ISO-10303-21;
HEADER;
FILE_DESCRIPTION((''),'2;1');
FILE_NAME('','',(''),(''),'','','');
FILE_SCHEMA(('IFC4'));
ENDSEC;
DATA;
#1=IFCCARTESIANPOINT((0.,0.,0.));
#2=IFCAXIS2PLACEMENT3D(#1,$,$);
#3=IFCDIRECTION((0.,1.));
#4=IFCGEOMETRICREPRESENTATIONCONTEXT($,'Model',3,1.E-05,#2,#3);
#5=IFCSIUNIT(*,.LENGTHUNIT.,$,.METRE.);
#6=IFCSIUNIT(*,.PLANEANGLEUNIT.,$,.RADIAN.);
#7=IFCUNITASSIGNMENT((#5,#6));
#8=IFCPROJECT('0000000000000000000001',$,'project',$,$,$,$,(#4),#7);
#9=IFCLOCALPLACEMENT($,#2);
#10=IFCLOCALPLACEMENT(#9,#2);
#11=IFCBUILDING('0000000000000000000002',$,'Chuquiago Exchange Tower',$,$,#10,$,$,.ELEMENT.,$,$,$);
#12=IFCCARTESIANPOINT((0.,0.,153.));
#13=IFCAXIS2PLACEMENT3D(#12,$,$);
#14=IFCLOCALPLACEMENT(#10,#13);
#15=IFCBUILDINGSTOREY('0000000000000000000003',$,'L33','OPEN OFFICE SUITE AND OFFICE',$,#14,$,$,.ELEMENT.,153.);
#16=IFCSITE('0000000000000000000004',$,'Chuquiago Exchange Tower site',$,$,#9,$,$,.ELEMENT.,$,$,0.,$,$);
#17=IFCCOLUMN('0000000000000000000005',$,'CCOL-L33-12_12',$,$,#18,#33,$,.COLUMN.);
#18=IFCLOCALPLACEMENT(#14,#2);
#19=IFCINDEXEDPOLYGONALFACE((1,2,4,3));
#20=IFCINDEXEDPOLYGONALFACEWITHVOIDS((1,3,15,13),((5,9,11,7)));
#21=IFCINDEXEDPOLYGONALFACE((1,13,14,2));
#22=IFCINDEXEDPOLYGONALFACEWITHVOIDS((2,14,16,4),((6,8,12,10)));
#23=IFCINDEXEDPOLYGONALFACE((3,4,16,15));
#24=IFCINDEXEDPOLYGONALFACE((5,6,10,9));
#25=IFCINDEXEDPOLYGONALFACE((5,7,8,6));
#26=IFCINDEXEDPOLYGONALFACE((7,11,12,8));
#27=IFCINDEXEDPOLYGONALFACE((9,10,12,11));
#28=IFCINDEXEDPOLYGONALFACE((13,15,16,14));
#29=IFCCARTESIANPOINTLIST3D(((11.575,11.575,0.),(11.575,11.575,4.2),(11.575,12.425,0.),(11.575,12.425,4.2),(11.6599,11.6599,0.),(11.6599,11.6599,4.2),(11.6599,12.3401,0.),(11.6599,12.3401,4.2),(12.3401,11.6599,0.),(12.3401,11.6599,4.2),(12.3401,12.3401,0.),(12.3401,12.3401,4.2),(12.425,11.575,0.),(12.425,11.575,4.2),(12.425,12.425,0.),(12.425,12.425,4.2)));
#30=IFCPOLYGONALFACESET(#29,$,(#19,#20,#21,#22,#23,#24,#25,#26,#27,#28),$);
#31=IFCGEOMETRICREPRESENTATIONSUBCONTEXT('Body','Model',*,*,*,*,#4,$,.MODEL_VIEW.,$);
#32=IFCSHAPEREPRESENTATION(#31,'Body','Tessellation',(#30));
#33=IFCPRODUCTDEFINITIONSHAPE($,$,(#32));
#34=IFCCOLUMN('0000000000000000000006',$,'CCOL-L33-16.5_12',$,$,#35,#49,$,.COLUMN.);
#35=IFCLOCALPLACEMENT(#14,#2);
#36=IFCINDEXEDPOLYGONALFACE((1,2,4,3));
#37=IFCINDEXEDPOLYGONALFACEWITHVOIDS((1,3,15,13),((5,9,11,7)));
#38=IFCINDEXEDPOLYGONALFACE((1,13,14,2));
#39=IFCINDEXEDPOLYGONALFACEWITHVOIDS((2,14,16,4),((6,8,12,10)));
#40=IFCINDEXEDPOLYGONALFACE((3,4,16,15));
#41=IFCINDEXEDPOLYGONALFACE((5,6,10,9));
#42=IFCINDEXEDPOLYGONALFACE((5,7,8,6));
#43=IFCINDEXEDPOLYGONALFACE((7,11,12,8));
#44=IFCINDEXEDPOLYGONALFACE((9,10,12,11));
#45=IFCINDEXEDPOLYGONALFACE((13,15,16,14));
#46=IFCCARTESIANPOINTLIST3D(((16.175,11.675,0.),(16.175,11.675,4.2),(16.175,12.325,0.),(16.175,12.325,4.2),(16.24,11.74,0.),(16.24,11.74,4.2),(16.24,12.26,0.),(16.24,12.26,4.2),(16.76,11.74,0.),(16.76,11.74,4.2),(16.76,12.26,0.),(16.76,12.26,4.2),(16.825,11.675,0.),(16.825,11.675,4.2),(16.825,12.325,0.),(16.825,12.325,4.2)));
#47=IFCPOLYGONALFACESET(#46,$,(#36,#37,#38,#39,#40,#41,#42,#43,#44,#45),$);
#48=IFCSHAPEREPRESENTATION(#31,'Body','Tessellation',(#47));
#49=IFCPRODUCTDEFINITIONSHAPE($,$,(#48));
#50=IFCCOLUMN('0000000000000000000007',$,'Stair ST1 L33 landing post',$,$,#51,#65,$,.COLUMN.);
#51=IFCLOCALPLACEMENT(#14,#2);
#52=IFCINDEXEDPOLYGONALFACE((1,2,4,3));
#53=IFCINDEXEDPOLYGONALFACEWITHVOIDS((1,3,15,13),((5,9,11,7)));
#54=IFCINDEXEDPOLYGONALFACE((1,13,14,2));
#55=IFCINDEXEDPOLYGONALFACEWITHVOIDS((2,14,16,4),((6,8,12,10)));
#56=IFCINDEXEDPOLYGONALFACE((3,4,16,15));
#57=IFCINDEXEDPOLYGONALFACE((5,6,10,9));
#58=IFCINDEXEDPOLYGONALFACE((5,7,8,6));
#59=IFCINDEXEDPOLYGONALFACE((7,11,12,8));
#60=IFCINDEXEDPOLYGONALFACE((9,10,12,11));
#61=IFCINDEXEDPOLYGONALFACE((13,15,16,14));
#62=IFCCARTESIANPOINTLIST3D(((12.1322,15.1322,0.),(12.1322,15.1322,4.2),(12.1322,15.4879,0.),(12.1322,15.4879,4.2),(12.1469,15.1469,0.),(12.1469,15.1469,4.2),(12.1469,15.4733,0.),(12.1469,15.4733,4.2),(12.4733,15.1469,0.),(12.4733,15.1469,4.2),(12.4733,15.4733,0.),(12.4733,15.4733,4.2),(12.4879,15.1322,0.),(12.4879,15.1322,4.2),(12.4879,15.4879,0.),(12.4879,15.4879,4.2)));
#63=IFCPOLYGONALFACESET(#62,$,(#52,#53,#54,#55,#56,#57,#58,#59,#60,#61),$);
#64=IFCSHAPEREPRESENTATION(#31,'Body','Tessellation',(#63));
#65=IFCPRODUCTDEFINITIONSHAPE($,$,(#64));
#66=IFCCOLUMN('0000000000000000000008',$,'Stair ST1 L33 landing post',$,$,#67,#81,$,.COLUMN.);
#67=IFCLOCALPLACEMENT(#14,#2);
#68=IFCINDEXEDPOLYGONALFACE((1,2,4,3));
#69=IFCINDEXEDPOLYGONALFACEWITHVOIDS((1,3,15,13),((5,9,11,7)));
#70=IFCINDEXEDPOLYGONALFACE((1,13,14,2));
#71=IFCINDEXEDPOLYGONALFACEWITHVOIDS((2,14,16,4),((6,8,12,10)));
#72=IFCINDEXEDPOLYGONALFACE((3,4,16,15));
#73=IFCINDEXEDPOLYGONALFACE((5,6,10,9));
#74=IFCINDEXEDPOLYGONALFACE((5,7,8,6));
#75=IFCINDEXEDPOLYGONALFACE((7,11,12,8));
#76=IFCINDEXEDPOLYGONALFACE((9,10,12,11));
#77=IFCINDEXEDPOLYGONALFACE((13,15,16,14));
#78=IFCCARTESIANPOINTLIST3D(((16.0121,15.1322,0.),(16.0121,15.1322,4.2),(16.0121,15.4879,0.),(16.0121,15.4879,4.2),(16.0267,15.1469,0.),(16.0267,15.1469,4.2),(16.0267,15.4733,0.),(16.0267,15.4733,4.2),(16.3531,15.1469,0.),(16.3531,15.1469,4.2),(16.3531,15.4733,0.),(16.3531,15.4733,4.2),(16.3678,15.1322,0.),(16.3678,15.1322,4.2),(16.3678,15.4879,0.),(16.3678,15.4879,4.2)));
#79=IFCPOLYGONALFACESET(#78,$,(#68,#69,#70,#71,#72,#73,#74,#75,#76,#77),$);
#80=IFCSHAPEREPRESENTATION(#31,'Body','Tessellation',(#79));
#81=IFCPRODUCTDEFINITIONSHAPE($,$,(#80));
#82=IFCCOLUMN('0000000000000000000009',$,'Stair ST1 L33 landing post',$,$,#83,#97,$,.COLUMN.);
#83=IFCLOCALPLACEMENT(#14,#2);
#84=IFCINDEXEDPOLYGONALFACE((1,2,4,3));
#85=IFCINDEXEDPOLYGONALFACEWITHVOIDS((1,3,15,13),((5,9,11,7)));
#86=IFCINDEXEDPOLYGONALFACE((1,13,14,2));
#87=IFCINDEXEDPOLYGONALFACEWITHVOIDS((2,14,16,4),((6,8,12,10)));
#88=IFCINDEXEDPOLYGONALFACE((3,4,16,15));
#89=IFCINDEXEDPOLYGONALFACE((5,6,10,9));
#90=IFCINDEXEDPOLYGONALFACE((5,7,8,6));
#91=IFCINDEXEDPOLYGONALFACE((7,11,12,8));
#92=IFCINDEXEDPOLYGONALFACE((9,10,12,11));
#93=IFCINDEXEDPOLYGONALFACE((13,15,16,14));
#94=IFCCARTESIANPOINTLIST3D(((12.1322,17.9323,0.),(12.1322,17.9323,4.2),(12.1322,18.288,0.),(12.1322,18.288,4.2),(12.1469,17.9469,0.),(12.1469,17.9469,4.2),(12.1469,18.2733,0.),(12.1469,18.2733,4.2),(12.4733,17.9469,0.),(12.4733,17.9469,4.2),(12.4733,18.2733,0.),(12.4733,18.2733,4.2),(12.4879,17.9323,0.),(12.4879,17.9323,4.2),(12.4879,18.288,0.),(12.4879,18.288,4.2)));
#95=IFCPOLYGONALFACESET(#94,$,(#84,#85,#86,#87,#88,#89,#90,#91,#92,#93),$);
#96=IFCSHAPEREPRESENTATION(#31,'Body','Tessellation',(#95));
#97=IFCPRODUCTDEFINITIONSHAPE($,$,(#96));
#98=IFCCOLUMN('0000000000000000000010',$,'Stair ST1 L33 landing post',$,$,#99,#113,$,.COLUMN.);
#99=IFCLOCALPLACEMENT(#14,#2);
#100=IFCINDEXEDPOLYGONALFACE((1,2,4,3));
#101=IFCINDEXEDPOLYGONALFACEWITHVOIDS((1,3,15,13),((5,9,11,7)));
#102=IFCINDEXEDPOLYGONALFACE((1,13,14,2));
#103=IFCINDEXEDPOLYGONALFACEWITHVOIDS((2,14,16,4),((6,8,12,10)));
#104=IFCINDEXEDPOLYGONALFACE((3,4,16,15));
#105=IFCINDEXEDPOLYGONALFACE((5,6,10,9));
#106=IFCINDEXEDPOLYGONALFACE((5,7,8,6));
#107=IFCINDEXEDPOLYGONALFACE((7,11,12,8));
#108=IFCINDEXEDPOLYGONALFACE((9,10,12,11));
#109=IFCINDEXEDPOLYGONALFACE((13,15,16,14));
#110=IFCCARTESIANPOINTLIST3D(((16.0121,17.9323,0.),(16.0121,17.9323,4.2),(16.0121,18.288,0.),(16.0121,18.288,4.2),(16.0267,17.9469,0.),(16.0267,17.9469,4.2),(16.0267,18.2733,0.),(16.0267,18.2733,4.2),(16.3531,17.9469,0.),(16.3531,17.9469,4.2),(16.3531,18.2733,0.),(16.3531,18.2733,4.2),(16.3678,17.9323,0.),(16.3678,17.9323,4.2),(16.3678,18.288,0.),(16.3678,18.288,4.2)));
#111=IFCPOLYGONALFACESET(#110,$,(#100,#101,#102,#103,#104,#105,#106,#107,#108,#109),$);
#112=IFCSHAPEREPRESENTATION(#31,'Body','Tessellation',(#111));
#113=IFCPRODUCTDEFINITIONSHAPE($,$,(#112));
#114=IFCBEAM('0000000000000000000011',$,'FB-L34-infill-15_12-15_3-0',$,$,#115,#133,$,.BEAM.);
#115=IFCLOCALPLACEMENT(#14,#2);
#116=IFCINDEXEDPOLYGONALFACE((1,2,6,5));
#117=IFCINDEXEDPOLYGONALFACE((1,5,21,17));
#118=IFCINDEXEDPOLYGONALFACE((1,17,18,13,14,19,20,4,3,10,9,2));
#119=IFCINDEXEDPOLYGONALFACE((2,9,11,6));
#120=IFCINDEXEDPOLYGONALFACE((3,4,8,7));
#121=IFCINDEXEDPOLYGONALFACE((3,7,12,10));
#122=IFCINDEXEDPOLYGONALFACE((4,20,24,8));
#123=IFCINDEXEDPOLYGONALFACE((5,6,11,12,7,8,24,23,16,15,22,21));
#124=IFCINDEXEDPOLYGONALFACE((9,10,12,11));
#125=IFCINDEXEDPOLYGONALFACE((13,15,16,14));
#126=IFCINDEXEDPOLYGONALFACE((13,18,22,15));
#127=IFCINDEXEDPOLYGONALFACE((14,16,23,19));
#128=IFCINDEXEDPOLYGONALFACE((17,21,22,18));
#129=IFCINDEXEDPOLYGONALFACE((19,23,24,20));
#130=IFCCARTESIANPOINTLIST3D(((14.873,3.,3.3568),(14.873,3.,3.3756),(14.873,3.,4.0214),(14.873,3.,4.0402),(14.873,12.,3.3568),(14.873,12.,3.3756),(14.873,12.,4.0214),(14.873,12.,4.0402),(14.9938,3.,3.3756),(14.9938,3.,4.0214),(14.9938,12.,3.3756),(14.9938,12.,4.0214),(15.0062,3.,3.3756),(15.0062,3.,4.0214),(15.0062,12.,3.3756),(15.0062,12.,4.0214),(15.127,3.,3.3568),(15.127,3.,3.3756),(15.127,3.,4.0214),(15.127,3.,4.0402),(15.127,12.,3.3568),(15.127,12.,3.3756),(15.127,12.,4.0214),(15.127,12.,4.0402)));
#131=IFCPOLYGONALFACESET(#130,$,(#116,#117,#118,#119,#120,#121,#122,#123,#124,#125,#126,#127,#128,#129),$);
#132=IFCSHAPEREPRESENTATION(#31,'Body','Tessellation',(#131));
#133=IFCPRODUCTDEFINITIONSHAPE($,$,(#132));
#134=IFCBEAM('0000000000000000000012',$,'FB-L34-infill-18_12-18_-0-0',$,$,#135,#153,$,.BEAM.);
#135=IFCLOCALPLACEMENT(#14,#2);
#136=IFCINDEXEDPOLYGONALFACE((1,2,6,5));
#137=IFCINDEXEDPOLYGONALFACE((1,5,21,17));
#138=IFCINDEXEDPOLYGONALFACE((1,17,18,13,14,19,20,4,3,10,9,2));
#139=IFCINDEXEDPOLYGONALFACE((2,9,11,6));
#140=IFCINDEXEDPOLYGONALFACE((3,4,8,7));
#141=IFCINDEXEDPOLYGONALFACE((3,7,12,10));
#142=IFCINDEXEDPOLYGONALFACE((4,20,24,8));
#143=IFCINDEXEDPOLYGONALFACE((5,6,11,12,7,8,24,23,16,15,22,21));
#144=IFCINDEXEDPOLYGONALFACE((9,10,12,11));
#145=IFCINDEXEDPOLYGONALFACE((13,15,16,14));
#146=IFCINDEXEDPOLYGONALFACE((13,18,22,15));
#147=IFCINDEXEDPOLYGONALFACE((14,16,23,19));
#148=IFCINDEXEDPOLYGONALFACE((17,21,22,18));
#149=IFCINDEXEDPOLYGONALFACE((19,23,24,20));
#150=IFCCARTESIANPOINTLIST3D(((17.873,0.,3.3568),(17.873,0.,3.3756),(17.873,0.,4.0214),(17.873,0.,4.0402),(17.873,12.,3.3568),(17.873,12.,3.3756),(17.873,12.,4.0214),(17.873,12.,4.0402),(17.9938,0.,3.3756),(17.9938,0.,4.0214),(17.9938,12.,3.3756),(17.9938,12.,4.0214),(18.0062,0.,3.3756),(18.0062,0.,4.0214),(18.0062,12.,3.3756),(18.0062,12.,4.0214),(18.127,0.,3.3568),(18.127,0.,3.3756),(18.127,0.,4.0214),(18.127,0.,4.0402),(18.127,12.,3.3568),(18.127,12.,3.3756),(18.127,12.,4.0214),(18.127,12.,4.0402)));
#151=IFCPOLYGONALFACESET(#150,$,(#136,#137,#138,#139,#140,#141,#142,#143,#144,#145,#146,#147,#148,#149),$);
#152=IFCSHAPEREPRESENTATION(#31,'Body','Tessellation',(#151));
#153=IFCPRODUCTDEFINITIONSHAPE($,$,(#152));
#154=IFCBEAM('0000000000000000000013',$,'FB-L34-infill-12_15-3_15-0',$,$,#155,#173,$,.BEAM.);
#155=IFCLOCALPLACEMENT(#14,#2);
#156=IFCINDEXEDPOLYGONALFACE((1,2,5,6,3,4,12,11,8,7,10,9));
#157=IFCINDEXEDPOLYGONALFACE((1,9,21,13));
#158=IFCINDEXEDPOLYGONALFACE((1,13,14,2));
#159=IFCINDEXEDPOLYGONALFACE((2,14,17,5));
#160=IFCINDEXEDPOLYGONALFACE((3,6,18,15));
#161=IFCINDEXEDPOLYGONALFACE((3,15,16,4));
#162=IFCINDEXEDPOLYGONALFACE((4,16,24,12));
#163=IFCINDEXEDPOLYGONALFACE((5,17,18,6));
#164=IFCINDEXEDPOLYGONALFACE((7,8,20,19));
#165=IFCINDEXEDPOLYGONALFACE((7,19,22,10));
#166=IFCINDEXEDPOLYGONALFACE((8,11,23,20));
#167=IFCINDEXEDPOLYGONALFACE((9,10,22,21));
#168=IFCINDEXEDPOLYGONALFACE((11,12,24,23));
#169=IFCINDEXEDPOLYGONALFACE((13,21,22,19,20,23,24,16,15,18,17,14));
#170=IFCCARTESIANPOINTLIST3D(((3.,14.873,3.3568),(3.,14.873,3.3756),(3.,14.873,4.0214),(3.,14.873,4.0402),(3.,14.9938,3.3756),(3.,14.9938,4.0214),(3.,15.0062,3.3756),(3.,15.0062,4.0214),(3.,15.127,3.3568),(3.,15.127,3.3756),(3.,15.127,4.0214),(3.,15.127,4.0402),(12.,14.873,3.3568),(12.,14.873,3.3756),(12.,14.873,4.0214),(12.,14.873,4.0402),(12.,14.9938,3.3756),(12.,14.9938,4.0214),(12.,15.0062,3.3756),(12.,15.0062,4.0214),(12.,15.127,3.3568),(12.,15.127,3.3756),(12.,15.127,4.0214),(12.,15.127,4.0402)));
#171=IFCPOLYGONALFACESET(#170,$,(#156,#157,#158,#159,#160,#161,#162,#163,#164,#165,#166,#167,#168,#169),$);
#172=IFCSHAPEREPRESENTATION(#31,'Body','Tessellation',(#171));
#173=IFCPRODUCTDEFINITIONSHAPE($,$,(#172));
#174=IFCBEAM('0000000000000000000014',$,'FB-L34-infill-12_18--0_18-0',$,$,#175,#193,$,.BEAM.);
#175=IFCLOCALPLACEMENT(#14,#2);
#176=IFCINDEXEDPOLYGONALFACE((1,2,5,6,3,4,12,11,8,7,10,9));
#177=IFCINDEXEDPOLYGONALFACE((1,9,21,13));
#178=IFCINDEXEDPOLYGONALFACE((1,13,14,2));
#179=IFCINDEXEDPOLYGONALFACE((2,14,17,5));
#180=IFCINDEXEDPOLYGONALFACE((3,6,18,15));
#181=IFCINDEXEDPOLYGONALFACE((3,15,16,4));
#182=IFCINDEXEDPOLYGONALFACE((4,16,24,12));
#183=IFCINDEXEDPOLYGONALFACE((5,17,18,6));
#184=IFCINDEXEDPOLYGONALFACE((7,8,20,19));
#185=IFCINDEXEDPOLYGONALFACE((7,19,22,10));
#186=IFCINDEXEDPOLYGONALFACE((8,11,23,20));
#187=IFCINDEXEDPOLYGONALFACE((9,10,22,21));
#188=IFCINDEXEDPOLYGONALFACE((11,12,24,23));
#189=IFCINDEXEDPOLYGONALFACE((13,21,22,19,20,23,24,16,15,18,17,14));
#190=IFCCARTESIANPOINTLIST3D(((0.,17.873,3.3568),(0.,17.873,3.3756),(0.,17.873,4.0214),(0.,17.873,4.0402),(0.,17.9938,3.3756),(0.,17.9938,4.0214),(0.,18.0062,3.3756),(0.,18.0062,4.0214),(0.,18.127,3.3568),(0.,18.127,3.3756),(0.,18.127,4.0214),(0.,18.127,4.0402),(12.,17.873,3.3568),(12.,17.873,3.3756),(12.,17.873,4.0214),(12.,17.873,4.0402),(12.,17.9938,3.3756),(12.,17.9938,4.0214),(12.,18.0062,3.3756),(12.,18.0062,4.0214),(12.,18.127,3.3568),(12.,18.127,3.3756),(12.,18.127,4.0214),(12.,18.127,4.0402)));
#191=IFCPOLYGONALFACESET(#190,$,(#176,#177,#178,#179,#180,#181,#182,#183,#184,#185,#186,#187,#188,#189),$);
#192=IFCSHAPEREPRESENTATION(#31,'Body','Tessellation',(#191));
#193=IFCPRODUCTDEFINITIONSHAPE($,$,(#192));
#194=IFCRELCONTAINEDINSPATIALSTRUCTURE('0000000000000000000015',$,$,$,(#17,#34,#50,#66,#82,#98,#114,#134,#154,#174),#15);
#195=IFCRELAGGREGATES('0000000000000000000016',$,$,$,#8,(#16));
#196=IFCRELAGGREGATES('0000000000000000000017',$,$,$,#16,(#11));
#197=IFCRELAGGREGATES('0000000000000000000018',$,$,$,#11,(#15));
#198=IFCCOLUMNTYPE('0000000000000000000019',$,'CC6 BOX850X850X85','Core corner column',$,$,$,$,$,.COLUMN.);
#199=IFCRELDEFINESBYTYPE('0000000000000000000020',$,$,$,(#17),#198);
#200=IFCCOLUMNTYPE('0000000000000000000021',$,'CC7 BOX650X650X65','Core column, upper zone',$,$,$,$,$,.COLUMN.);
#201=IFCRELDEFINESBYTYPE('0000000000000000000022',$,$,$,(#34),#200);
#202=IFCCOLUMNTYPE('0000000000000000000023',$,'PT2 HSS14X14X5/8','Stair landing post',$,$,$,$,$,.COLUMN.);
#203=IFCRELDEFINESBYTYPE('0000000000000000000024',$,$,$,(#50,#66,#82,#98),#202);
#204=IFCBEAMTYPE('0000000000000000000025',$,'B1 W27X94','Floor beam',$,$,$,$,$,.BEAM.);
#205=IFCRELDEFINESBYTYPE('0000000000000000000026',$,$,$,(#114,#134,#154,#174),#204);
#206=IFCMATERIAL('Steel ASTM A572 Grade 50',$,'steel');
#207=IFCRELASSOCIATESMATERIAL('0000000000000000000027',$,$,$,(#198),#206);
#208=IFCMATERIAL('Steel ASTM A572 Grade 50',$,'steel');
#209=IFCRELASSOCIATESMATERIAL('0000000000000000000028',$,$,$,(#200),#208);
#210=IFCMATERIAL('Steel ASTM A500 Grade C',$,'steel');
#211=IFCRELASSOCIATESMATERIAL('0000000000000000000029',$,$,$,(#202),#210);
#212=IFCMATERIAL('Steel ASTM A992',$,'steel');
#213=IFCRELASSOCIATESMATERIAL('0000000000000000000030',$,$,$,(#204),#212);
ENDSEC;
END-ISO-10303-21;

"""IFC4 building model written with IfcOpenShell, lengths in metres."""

from ifc_helpers import new_model, si_unit, direction, frame, origin, origin_2d, place, context, subcontext, project, spatial, hollow_rectangle, i_section, extrude, material, material_profile, profile_set, type_object, element, save


model = new_model("IFC4")

# Units and contexts
model_context = context("Model", 3, precision=1e-05, world=origin(), true_north=direction((0.0, 1.0)))
body_context = subcontext(model_context, "Body", "Model", "MODEL_VIEW")
ifc_project = project(units=[si_unit("LENGTHUNIT", "METRE"), si_unit("PLANEANGLEUNIT", "RADIAN")], contexts=[model_context])

# Site, building, storey
site_placement = place(None, origin())
site = spatial("IfcSite", under=ifc_project, at=site_placement, Name="Chuquiago Exchange Tower site", CompositionType="ELEMENT", RefElevation=0.0)
building_placement = place(site_placement, origin())
building = spatial("IfcBuilding", under=site, at=building_placement, Name="Chuquiago Exchange Tower", CompositionType="ELEMENT")
storey_placement = place(building_placement, frame((0.0, 0.0, 153.0)))
storey = spatial("IfcBuildingStorey", under=building, at=storey_placement, Name="L33", Description="OPEN OFFICE SUITE AND OFFICE", CompositionType="ELEMENT", Elevation=153.0)

# Columns
ifc_material_1 = material(Name="Steel ASTM A572 Grade 50", Category="steel")
ifc_material_profile_1 = material_profile(ifc_material_1, hollow_rectangle(XDim=0.8501, YDim=0.8501, WallThickness=0.085, at=origin_2d()), Name="BOX850X850X85")
ifc_profile_set_1 = profile_set([ifc_material_profile_1], Name="Steel ASTM A572 Grade 50")
column_type_1 = type_object("IfcColumnType", Name="CC6 BOX850X850X85", Description="Core corner column", PredefinedType="COLUMN", material=ifc_profile_set_1)
column_1_placement = place(storey_placement, frame((12.0, 12.0, 0.0), z_axis=(0.0, 0.0, 1.0), x_axis=(1.0, 0.0, 0.0)))
element("IfcColumn", 1, at=column_1_placement, inside=storey, type_object=column_type_1, Name="CCOL-L33-12_12", PredefinedType="COLUMN", context=body_context, shape_type="SweptSolid", body=[
    extrude(hollow_rectangle(XDim=0.8501, YDim=0.8501, WallThickness=0.085, at=origin_2d()), origin(), (0.0, 0.0, 1.0), 4.2),
])
ifc_material_2 = material(Name="Steel ASTM A572 Grade 50", Category="steel")
ifc_material_profile_2 = material_profile(ifc_material_2, hollow_rectangle(XDim=0.6499, YDim=0.6499, WallThickness=0.0649, at=origin_2d()), Name="BOX650X650X65")
ifc_profile_set_2 = profile_set([ifc_material_profile_2], Name="Steel ASTM A572 Grade 50")
column_type_2 = type_object("IfcColumnType", Name="CC7 BOX650X650X65", Description="Core column, upper zone", PredefinedType="COLUMN", material=ifc_profile_set_2)
column_2_placement = place(storey_placement, frame((16.5, 12.0, 0.0), z_axis=(0.0, 0.0, 1.0), x_axis=(1.0, 0.0, 0.0)))
element("IfcColumn", 2, at=column_2_placement, inside=storey, type_object=column_type_2, Name="CCOL-L33-16.5_12", PredefinedType="COLUMN", context=body_context, shape_type="SweptSolid", body=[
    extrude(hollow_rectangle(XDim=0.6499, YDim=0.6499, WallThickness=0.0649, at=origin_2d()), origin(), (0.0, 0.0, 1.0), 4.2),
])
ifc_material_3 = material(Name="Steel ASTM A500 Grade C", Category="steel")
ifc_material_profile_3 = material_profile(ifc_material_3, hollow_rectangle(XDim=0.3557, YDim=0.3557, WallThickness=0.0146, at=origin_2d()), Name="HSS14X14X5/8")
ifc_profile_set_3 = profile_set([ifc_material_profile_3], Name="Steel ASTM A500 Grade C")
column_type_3 = type_object("IfcColumnType", Name="PT2 HSS14X14X5/8", Description="Stair landing post", PredefinedType="COLUMN", material=ifc_profile_set_3)
for number, where, z_axis, x_axis, name in (
    (3, (12.3101, 15.3101, 0.0), (0.0, 0.0, 1.0), (1.0, 0.0, 0.0), "Stair ST1 L33 landing post"),
    (4, (16.1899, 15.3101, 0.0), (0.0, 0.0, 1.0), (1.0, 0.0, 0.0), "Stair ST1 L33 landing post"),
    (5, (12.3101, 18.1101, 0.0), (0.0, 0.0, 1.0), (1.0, 0.0, 0.0), "Stair ST1 L33 landing post"),
    (6, (16.1899, 18.1101, 0.0), (0.0, 0.0, 1.0), (1.0, 0.0, 0.0), "Stair ST1 L33 landing post"),
):
    element("IfcColumn", number, at=place(storey_placement, frame(where, z_axis=z_axis, x_axis=x_axis)), inside=storey, type_object=column_type_3, Name=name, PredefinedType="COLUMN", context=body_context, shape_type="SweptSolid", body=[
        extrude(hollow_rectangle(XDim=0.3557, YDim=0.3557, WallThickness=0.0146, at=origin_2d()), origin(), (0.0, 0.0, 1.0), 4.2),
    ])

# Beams
ifc_material_4 = material(Name="Steel ASTM A992", Category="steel")
ifc_material_profile_4 = material_profile(ifc_material_4, i_section(OverallWidth=0.2539, OverallDepth=0.6833, WebThickness=0.0125, FlangeThickness=0.0188, at=origin_2d()), Name="W27X94")
ifc_profile_set_4 = profile_set([ifc_material_profile_4], Name="Steel ASTM A992")
beam_type_1 = type_object("IfcBeamType", Name="B1 W27X94", Description="Floor beam", PredefinedType="BEAM", material=ifc_profile_set_4)
beam_1_placement = place(storey_placement, frame((15.0, 12.0, 3.6985), z_axis=(0.0, -1.0, 0.0), x_axis=(1.0, 0.0, 0.0)))
element("IfcBeam", 7, at=beam_1_placement, inside=storey, type_object=beam_type_1, Name="FB-L34-infill-15_12-15_3-0", PredefinedType="BEAM", context=body_context, shape_type="SweptSolid", body=[
    extrude(i_section(OverallWidth=0.2539, OverallDepth=0.6833, WebThickness=0.0125, FlangeThickness=0.0188, at=origin_2d()), origin(), (0.0, 0.0, 1.0), 9.0),
])
beam_2_placement = place(storey_placement, frame((18.0, 12.0, 3.6985), z_axis=(0.0, -1.0, 0.0), x_axis=(1.0, 0.0, 0.0)))
element("IfcBeam", 8, at=beam_2_placement, inside=storey, type_object=beam_type_1, Name="FB-L34-infill-18_12-18_-0-0", PredefinedType="BEAM", context=body_context, shape_type="SweptSolid", body=[
    extrude(i_section(OverallWidth=0.2539, OverallDepth=0.6833, WebThickness=0.0125, FlangeThickness=0.0188, at=origin_2d()), origin(), (0.0, 0.0, 1.0), 12.0),
])
beam_3_placement = place(storey_placement, frame((12.0, 15.0, 3.6985), z_axis=(-1.0, 0.0, 0.0), x_axis=(0.0, -1.0, 0.0)))
element("IfcBeam", 9, at=beam_3_placement, inside=storey, type_object=beam_type_1, Name="FB-L34-infill-12_15-3_15-0", PredefinedType="BEAM", context=body_context, shape_type="SweptSolid", body=[
    extrude(i_section(OverallWidth=0.2539, OverallDepth=0.6833, WebThickness=0.0125, FlangeThickness=0.0188, at=origin_2d()), origin(), (0.0, 0.0, 1.0), 9.0),
])
beam_4_placement = place(storey_placement, frame((12.0, 18.0, 3.6985), z_axis=(-1.0, 0.0, 0.0), x_axis=(0.0, -1.0, 0.0)))
element("IfcBeam", 10, at=beam_4_placement, inside=storey, type_object=beam_type_1, Name="FB-L34-infill-12_18--0_18-0", PredefinedType="BEAM", context=body_context, shape_type="SweptSolid", body=[
    extrude(i_section(OverallWidth=0.2539, OverallDepth=0.6833, WebThickness=0.0125, FlangeThickness=0.0188, at=origin_2d()), origin(), (0.0, 0.0, 1.0), 12.0),
])

save(model, "model.ifc")
